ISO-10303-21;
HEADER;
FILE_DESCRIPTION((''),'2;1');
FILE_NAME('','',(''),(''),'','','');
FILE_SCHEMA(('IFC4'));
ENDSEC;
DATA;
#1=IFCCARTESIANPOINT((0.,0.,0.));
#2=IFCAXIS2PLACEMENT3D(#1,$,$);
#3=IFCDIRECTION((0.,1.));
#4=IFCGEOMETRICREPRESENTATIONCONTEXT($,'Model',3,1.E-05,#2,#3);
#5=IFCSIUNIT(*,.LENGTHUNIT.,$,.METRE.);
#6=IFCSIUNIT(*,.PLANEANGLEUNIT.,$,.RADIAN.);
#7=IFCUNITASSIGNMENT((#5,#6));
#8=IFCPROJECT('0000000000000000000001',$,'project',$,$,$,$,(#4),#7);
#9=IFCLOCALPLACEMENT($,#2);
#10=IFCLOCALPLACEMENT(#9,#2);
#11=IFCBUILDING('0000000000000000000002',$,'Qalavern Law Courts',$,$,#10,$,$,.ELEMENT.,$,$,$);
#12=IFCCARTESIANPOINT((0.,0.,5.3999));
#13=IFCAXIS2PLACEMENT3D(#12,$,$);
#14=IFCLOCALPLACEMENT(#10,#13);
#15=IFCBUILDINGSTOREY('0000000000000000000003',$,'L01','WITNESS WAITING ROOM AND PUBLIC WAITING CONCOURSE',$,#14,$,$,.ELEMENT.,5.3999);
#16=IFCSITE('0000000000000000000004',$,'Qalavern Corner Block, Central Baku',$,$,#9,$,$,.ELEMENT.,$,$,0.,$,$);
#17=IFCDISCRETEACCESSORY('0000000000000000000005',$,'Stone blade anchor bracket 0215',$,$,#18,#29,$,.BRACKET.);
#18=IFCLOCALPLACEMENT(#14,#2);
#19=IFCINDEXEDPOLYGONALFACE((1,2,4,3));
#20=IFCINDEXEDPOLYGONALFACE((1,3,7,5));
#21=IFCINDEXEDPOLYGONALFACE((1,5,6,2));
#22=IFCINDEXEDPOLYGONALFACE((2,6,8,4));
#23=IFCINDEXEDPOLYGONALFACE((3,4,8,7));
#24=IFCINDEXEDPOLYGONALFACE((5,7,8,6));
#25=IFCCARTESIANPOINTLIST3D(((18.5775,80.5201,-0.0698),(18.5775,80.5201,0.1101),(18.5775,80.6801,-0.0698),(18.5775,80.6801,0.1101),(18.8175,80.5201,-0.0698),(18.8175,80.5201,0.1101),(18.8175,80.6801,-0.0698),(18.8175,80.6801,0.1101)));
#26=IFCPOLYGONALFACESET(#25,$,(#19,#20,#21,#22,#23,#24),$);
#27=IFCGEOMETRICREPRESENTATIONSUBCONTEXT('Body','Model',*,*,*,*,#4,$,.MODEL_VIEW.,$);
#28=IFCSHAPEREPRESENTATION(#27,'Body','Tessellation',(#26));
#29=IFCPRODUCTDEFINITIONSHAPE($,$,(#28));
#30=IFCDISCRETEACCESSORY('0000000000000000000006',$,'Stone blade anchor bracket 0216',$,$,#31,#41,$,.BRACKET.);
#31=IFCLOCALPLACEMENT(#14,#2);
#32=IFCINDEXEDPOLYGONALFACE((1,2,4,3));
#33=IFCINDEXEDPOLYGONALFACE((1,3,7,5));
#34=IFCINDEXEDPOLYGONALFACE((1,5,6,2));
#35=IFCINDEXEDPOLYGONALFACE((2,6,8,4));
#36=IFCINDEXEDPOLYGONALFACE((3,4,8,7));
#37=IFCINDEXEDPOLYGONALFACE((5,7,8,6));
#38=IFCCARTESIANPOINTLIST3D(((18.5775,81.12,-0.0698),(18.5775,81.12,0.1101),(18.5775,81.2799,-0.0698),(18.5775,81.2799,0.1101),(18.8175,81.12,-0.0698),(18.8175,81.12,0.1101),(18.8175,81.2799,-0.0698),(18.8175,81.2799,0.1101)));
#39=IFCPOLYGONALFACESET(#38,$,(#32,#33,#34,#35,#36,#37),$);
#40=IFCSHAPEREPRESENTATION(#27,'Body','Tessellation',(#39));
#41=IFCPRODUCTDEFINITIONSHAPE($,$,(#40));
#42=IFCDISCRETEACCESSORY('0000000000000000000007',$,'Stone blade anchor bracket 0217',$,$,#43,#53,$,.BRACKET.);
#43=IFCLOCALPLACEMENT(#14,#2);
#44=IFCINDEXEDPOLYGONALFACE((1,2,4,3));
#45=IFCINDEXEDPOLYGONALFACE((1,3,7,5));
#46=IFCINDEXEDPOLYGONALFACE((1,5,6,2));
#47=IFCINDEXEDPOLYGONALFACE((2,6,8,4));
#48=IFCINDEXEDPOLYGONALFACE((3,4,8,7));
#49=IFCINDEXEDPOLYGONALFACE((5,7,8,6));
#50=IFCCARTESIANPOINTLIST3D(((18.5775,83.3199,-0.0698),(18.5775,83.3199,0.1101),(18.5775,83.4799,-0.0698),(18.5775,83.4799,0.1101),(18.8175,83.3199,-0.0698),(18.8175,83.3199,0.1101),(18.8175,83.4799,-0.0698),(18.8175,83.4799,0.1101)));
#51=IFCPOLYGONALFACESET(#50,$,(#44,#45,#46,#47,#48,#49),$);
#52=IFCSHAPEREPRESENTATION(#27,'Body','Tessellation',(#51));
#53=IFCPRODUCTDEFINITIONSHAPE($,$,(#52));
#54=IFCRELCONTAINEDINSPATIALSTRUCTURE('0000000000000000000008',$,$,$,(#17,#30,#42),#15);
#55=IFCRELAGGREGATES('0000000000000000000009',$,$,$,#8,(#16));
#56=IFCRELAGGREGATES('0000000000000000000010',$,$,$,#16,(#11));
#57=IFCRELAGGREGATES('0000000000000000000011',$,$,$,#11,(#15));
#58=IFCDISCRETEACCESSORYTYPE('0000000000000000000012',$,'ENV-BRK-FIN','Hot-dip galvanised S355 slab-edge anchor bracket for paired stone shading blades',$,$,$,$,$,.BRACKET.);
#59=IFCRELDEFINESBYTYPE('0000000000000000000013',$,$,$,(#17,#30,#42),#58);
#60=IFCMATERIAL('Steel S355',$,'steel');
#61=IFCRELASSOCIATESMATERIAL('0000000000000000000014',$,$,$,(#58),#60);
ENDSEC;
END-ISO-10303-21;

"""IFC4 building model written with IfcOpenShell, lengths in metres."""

from ifc_helpers import new_model, si_unit, direction, frame, origin, origin_2d, place, context, subcontext, project, spatial, rectangle, extrude, material, type_object, element, save


model = new_model("IFC4")

# Units and contexts
model_context = context("Model", 3, precision=1e-05, world=origin(), true_north=direction((0.0, 1.0)))
body_context = subcontext(model_context, "Body", "Model", "MODEL_VIEW")
ifc_project = project(units=[si_unit("LENGTHUNIT", "METRE"), si_unit("PLANEANGLEUNIT", "RADIAN")], contexts=[model_context])

# Site, building, storey
site_placement = place(None, origin())
site = spatial("IfcSite", under=ifc_project, at=site_placement, Name="Qalavern Corner Block, Central Baku", CompositionType="ELEMENT", RefElevation=0.0)
building_placement = place(site_placement, origin())
building = spatial("IfcBuilding", under=site, at=building_placement, Name="Qalavern Law Courts", CompositionType="ELEMENT")
storey_placement = place(building_placement, frame((0.0, 0.0, 5.3999)))
storey = spatial("IfcBuildingStorey", under=building, at=storey_placement, Name="L01", Description="WITNESS WAITING ROOM AND PUBLIC WAITING CONCOURSE", CompositionType="ELEMENT", Elevation=5.3999)

# Discrete accessories
ifc_material_1 = material(Name="Steel S355", Category="steel")
discrete_accessory_type = type_object("IfcDiscreteAccessoryType", Name="ENV-BRK-FIN", Description="Hot-dip galvanised S355 slab-edge anchor bracket for paired stone shading blades", PredefinedType="BRACKET", material=ifc_material_1)
for number, where, z_axis, x_axis, name in (
    (1, (18.6975, 80.6001, -0.0698), (0.0, 0.0, 1.0), (1.0, 0.0, 0.0), "Stone blade anchor bracket 0215"),
    (2, (18.6975, 81.2, -0.0698), (0.0, 0.0, 1.0), (1.0, 0.0, 0.0), "Stone blade anchor bracket 0216"),
    (3, (18.6975, 83.3999, -0.0698), (0.0, 0.0, 1.0), (1.0, 0.0, 0.0), "Stone blade anchor bracket 0217"),
):
    element("IfcDiscreteAccessory", number, at=place(storey_placement, frame(where, z_axis=z_axis, x_axis=x_axis)), inside=storey, type_object=discrete_accessory_type, Name=name, PredefinedType="BRACKET", context=body_context, shape_type="SweptSolid", body=[
        extrude(rectangle(XDim=0.24, YDim=0.1599, at=origin_2d()), origin(), (0.0, 0.0, 1.0), 0.1799),
    ])

save(model, "model.ifc")
